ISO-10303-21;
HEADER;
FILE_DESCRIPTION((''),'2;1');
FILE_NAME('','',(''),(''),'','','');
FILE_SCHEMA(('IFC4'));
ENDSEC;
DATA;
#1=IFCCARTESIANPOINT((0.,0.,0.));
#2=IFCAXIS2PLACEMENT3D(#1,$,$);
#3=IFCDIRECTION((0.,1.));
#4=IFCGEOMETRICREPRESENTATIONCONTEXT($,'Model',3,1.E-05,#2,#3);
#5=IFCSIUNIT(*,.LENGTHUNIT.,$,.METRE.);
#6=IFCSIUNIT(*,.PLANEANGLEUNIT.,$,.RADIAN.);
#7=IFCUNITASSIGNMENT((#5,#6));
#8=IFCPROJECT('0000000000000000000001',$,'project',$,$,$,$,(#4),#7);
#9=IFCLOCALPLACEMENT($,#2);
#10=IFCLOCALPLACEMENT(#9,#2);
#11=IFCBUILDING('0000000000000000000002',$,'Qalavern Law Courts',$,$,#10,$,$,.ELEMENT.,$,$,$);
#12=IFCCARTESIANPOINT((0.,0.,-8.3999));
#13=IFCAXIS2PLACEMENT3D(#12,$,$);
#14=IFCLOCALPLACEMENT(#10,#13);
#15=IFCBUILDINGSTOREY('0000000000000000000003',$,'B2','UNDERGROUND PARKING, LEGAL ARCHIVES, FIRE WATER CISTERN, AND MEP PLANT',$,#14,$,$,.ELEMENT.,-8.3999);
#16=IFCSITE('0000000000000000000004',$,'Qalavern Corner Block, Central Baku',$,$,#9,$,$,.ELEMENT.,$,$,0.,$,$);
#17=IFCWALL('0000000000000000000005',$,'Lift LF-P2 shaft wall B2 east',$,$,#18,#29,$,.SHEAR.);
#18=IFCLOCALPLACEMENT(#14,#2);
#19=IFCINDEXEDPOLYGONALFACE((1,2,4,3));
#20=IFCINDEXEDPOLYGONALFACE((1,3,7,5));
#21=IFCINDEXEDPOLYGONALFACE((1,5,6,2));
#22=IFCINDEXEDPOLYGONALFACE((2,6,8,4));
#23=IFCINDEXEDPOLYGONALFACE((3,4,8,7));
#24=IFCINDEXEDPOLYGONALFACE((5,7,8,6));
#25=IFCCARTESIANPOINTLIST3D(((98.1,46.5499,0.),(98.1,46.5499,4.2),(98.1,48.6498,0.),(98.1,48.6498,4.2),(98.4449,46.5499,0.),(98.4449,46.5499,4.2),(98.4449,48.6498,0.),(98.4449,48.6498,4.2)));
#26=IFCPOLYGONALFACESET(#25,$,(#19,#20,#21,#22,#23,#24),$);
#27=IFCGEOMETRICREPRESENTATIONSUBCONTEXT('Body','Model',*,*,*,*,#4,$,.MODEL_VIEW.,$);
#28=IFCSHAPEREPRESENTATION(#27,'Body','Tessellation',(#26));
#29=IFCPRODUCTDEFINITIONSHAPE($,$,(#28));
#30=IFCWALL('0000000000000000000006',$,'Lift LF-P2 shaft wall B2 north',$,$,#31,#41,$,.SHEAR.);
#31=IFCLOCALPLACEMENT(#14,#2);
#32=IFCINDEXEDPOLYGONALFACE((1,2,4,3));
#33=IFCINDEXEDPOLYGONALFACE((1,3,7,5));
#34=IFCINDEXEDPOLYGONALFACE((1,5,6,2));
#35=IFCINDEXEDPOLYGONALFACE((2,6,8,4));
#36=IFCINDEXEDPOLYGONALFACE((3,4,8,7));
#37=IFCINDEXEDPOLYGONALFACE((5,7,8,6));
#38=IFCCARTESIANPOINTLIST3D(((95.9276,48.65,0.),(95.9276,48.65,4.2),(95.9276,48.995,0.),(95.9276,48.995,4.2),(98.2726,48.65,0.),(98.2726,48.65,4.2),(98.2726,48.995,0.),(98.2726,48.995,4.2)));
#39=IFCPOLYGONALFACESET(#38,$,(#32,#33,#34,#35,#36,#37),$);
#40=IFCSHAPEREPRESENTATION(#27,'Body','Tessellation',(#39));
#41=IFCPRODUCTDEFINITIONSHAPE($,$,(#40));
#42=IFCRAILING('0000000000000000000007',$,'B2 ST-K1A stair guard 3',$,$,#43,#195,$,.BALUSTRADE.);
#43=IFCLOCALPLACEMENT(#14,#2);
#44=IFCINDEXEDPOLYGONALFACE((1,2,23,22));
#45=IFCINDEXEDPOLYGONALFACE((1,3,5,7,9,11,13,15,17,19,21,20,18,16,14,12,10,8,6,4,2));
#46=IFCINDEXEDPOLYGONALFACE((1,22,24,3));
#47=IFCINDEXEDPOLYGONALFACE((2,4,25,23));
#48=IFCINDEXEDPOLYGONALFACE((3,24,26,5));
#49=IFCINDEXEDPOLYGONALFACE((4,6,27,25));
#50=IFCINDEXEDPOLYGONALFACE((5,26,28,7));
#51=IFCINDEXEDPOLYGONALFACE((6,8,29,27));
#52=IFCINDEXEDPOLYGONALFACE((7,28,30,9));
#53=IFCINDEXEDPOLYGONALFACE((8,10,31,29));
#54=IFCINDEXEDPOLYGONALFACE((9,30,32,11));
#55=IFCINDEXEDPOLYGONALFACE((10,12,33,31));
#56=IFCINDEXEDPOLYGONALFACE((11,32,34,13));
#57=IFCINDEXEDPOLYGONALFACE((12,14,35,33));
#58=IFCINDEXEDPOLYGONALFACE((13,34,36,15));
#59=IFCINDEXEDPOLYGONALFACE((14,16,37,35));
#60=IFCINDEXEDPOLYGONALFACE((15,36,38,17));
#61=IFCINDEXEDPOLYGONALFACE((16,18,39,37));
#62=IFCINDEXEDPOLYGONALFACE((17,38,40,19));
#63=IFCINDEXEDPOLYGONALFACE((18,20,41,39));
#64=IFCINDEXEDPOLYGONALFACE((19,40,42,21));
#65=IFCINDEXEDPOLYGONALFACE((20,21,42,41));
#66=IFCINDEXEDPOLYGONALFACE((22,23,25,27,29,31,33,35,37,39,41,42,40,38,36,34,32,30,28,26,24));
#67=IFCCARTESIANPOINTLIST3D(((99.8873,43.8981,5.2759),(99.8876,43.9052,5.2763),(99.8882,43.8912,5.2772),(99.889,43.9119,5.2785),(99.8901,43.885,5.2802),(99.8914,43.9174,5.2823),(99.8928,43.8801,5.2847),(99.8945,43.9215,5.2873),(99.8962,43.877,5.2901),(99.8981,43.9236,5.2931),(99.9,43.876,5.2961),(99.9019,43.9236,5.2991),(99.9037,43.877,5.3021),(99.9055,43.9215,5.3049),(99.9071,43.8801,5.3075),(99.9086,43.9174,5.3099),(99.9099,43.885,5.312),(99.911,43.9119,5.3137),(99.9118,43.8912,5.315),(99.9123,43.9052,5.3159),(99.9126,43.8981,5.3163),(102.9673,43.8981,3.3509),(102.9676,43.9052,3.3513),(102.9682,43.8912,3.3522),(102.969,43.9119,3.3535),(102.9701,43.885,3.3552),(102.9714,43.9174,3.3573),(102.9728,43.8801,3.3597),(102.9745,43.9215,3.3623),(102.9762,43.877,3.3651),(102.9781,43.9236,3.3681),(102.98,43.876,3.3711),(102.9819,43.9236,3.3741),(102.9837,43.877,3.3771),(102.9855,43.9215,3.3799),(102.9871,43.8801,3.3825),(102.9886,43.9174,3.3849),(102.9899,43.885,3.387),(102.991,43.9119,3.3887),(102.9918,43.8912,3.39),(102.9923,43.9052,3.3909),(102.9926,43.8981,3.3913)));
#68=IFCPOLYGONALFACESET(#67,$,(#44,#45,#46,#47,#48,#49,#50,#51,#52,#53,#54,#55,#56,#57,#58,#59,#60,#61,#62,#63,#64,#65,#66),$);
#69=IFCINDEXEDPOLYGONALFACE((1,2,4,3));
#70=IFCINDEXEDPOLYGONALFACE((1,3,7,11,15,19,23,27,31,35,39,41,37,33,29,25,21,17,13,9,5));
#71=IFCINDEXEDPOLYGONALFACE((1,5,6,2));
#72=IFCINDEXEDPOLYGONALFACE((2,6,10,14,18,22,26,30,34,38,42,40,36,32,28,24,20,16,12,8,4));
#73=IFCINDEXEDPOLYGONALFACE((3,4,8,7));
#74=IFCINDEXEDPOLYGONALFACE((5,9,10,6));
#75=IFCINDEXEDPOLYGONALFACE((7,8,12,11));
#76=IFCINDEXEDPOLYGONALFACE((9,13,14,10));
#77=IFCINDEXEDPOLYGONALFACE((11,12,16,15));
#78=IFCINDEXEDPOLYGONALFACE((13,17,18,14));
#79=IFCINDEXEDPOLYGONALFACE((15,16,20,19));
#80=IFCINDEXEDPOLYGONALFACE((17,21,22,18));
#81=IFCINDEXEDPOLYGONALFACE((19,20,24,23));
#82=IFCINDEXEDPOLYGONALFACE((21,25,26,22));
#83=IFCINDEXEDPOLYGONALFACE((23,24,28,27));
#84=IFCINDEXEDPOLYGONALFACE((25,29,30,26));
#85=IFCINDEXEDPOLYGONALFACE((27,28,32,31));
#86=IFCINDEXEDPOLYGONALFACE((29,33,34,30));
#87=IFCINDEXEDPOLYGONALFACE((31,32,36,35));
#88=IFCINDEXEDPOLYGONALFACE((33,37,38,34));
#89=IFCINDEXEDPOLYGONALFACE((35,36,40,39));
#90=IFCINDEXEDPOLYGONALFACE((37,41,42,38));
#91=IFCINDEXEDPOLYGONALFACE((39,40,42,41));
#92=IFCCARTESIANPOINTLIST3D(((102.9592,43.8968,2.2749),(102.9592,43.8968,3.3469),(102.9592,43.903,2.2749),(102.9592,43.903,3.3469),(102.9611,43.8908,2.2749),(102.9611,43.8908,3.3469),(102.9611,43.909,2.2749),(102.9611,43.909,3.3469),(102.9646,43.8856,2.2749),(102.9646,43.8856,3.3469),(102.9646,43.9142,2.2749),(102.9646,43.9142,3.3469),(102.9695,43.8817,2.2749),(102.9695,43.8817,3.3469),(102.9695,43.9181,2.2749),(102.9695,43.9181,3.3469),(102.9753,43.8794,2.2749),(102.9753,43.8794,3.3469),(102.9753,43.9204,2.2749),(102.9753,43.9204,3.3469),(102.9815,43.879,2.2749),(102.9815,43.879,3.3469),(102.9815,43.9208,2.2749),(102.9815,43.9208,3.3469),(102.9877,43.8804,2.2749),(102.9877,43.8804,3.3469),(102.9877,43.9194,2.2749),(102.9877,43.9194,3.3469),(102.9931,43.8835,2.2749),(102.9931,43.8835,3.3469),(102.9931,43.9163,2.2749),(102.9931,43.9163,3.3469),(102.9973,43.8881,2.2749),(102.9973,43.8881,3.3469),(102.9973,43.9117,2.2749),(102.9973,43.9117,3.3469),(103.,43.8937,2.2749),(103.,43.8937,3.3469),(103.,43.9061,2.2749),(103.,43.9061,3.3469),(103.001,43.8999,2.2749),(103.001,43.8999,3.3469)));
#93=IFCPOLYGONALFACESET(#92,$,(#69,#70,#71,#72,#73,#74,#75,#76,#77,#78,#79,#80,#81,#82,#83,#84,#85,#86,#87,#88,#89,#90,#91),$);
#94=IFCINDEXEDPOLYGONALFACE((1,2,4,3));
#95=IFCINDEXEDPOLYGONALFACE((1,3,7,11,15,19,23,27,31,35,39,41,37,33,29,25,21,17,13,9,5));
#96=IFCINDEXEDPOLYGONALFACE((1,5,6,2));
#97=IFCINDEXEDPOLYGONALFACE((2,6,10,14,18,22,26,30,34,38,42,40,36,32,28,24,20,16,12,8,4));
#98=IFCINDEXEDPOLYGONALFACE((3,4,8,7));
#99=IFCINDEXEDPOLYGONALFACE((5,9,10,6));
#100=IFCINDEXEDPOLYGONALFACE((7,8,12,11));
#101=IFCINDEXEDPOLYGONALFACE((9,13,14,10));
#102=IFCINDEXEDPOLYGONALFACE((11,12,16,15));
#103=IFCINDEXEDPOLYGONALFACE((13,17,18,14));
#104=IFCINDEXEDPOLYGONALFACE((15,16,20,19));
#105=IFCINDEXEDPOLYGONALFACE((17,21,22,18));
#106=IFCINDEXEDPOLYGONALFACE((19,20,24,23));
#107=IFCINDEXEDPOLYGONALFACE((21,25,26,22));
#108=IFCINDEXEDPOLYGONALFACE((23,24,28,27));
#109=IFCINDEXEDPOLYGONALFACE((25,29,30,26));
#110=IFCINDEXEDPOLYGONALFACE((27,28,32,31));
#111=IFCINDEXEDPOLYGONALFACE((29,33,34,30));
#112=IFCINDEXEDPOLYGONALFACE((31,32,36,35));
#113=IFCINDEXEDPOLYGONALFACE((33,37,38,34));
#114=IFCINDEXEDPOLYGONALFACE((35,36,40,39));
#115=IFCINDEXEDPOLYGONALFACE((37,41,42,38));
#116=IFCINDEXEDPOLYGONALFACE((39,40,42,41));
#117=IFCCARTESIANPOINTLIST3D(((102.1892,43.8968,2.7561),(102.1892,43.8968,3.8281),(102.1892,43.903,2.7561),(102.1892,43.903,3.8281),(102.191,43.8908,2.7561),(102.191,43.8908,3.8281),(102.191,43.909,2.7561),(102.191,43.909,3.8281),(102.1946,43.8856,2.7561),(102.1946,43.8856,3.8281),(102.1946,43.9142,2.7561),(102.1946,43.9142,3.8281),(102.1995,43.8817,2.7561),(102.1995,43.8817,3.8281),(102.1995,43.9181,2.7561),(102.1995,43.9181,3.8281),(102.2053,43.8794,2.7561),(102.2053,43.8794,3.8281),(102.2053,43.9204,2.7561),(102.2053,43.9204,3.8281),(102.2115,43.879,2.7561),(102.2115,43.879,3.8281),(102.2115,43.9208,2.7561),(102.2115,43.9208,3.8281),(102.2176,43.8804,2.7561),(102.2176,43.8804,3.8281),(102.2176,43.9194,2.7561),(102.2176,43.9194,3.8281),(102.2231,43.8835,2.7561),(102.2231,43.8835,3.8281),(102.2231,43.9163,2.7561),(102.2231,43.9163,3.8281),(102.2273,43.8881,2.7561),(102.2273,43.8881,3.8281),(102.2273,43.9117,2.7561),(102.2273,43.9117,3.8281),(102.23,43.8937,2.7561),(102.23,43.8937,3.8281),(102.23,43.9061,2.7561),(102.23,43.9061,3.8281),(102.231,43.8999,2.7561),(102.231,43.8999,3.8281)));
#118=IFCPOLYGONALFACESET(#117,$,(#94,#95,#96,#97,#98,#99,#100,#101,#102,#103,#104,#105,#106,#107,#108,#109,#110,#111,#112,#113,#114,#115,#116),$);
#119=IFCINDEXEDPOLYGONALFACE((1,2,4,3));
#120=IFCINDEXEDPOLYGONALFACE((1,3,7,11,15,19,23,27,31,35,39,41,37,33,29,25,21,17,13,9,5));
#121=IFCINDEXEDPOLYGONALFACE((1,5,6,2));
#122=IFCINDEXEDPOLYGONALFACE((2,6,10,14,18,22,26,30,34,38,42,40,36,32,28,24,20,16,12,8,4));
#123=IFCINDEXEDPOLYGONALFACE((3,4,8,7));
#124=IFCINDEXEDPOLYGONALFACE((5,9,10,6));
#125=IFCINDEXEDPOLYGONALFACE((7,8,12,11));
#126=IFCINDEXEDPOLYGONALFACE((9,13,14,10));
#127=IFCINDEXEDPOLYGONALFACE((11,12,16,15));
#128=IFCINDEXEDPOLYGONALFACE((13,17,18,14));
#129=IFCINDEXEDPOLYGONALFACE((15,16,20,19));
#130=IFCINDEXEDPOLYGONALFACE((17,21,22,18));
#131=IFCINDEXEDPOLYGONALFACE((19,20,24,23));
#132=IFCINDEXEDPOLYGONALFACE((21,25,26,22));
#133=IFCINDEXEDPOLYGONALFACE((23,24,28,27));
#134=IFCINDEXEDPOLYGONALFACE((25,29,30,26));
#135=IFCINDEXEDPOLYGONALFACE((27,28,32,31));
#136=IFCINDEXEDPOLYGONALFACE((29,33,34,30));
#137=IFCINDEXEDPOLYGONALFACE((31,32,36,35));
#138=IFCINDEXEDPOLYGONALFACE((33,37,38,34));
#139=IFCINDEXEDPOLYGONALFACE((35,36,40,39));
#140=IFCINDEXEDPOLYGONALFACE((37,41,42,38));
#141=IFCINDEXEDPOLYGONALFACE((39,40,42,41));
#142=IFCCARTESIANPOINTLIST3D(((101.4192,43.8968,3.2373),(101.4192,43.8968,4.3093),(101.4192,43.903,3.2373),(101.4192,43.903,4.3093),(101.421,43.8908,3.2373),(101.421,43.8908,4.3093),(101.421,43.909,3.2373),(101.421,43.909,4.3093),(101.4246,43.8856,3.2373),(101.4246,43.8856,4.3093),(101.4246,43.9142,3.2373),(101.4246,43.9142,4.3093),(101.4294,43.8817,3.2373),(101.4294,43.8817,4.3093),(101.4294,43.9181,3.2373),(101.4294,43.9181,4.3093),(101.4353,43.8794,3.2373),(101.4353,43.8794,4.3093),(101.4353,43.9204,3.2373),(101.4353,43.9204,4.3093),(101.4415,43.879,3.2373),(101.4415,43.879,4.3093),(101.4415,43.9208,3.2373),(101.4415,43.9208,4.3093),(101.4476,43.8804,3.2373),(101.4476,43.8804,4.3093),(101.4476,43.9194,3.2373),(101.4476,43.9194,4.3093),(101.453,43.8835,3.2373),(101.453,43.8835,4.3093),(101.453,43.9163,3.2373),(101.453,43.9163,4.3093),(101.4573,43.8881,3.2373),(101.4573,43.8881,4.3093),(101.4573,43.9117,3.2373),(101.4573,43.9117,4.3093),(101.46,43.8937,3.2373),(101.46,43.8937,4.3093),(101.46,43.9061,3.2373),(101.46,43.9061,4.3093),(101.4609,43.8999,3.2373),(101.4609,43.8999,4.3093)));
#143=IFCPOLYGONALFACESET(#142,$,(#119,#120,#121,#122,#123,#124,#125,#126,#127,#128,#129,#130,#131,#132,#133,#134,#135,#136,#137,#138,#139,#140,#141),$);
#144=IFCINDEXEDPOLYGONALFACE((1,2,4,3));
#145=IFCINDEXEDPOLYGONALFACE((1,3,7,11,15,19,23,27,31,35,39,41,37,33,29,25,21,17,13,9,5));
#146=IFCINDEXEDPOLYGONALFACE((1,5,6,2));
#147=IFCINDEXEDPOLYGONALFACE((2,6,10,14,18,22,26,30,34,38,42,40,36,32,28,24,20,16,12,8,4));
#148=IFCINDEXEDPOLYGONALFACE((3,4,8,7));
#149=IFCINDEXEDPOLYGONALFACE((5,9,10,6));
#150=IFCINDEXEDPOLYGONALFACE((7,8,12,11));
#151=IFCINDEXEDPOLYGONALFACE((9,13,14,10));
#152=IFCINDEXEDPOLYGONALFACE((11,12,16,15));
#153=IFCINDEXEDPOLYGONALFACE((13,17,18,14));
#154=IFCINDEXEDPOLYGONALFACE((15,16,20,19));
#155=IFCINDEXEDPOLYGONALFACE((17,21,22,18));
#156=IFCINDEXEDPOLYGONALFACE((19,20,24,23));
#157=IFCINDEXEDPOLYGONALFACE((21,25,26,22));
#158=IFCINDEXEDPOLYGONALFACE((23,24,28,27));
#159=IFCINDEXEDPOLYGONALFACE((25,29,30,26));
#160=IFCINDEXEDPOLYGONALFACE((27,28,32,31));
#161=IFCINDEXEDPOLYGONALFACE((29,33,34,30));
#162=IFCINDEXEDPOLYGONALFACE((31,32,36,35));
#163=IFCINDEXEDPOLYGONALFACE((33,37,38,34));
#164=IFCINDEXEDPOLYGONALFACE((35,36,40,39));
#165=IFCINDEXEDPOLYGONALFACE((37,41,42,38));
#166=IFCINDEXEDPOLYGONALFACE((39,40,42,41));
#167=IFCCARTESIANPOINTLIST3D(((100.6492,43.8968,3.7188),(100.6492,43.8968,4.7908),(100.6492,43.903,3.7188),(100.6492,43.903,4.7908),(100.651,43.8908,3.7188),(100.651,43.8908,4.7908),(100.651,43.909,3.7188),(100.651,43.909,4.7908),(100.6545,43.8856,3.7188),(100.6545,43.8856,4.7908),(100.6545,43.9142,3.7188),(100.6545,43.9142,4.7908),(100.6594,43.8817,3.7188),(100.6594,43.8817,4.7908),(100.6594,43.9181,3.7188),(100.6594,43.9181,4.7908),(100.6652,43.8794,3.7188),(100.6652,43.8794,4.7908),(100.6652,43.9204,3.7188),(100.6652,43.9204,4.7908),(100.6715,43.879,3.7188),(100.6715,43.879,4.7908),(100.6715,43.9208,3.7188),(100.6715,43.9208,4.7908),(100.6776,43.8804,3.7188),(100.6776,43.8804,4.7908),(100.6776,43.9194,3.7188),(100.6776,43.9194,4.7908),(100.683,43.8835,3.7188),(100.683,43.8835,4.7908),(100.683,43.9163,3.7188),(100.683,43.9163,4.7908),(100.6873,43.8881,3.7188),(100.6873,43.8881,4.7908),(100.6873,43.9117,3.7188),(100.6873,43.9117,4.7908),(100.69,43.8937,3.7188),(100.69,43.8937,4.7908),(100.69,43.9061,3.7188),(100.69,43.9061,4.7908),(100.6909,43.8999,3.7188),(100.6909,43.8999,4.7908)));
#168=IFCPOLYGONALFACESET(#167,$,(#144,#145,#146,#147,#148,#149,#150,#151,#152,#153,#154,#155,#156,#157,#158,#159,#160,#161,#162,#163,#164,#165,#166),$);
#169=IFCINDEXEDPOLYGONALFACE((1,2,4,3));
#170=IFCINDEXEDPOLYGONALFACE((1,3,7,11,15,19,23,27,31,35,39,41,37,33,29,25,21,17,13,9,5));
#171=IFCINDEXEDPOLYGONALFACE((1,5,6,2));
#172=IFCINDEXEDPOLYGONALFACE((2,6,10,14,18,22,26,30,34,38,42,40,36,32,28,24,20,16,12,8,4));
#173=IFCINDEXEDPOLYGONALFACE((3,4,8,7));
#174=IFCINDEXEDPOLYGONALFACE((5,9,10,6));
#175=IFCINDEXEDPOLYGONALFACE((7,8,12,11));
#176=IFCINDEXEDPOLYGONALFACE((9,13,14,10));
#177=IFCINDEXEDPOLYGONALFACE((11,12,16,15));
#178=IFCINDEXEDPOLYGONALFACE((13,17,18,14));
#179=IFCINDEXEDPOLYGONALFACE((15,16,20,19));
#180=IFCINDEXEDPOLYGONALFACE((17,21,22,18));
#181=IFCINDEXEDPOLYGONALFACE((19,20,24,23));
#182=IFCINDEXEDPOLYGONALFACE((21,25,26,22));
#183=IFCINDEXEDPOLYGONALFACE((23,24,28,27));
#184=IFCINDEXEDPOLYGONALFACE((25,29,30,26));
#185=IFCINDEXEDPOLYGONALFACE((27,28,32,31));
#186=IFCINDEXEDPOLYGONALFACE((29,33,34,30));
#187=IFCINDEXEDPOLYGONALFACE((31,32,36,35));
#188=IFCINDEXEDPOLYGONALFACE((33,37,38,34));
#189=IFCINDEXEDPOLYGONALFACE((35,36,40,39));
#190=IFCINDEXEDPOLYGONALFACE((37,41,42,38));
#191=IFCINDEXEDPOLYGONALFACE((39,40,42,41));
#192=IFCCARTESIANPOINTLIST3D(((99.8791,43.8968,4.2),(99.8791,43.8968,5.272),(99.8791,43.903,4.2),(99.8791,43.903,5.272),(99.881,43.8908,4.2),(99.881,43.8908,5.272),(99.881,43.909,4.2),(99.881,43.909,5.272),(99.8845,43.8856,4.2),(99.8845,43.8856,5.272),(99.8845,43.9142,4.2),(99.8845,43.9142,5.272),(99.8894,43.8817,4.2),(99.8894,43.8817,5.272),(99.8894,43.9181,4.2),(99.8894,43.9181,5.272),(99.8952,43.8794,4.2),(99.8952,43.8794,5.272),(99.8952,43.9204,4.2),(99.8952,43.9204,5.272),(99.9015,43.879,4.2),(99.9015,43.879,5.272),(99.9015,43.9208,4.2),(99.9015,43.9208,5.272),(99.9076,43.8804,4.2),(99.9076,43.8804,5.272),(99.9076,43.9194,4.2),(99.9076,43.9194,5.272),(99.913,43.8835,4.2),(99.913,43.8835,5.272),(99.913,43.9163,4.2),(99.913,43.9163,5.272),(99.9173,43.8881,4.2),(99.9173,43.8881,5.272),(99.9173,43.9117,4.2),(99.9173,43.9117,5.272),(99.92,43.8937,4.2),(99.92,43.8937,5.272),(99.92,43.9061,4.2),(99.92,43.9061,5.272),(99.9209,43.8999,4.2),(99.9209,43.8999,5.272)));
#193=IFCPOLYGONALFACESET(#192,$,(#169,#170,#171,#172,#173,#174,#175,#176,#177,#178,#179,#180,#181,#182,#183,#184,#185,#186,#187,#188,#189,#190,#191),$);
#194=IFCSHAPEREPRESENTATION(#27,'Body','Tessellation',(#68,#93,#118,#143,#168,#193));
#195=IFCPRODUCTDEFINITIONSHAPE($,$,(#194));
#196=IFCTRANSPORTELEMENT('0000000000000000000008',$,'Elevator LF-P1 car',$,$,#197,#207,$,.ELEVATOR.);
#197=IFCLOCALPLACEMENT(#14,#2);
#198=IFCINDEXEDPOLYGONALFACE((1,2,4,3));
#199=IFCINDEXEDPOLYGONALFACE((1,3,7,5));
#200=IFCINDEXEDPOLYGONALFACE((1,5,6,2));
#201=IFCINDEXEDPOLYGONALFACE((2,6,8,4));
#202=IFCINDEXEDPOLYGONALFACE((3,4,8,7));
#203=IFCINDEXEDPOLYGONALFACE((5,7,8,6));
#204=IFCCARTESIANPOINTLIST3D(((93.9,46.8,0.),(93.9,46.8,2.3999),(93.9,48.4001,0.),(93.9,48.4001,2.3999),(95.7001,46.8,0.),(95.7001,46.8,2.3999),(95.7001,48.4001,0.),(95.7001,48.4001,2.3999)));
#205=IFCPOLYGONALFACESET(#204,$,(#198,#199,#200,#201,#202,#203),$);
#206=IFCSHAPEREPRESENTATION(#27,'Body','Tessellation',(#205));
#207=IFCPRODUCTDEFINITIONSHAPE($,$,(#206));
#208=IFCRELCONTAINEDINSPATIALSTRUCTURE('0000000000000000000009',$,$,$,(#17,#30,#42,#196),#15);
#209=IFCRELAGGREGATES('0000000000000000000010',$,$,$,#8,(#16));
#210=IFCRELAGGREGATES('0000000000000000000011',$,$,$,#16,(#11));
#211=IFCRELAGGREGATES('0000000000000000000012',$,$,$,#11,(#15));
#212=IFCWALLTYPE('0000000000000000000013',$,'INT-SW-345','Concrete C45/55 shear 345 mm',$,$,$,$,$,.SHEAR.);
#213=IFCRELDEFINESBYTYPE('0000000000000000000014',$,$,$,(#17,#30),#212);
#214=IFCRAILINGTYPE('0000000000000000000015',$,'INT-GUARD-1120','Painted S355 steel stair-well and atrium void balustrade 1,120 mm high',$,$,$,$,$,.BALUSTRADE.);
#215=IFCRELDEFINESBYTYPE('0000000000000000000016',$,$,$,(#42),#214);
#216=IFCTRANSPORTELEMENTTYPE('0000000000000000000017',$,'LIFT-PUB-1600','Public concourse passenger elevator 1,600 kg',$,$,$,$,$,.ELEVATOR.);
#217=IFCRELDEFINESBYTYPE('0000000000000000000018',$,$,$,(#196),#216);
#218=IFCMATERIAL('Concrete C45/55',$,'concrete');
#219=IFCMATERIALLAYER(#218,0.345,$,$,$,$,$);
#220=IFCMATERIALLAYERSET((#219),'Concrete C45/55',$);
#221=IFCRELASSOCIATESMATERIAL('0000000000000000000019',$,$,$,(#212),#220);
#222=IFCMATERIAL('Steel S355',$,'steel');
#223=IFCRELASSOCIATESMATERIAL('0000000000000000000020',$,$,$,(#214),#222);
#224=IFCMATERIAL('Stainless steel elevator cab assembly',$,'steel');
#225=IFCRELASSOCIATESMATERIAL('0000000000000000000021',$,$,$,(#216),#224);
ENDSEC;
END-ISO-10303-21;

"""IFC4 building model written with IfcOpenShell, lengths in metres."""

from ifc_helpers import new_model, si_unit, direction, frame, frame_2d, origin, origin_2d, place, context, subcontext, project, spatial, rectangle, circle, extrude, material, layer, layer_set, type_object, element, save


model = new_model("IFC4")

# Units and contexts
model_context = context("Model", 3, precision=1e-05, world=origin(), true_north=direction((0.0, 1.0)))
body_context = subcontext(model_context, "Body", "Model", "MODEL_VIEW")
ifc_project = project(units=[si_unit("LENGTHUNIT", "METRE"), si_unit("PLANEANGLEUNIT", "RADIAN")], contexts=[model_context])

# Site, building, storey
site_placement = place(None, origin())
site = spatial("IfcSite", under=ifc_project, at=site_placement, Name="Qalavern Corner Block, Central Baku", CompositionType="ELEMENT", RefElevation=0.0)
building_placement = place(site_placement, origin())
building = spatial("IfcBuilding", under=site, at=building_placement, Name="Qalavern Law Courts", CompositionType="ELEMENT")
storey_placement = place(building_placement, frame((0.0, 0.0, -8.3999)))
storey = spatial("IfcBuildingStorey", under=building, at=storey_placement, Name="B2", Description="UNDERGROUND PARKING, LEGAL ARCHIVES, FIRE WATER CISTERN, AND MEP PLANT", CompositionType="ELEMENT", Elevation=-8.3999)

# Shared definitions
ifc_material_1 = material(Name="Concrete C45/55", Category="concrete")

# Shared definitions
ifc_layer_1 = layer(ifc_material_1, 0.345)
ifc_layer_set_1 = layer_set([ifc_layer_1], Name="Concrete C45/55")
wall_type_1 = type_object("IfcWallType", Name="INT-SW-345", Description="Concrete C45/55 shear 345 mm", PredefinedType="SHEAR", material=ifc_layer_set_1)

# Walls
wall_1_placement = place(storey_placement, frame((98.2725, 46.55, 0.0), z_axis=(0.0, 0.0, 1.0), x_axis=(0.0, 1.0, 0.0)))
element("IfcWall", 1, at=wall_1_placement, inside=storey, type_object=wall_type_1, Name="Lift LF-P2 shaft wall B2 east", PredefinedType="SHEAR", context=body_context, shape_type="SweptSolid", body=[
    extrude(rectangle(XDim=2.0999, YDim=0.345, at=frame_2d((1.0498, 0.0))), origin(), (0.0, 0.0, 1.0), 4.2),
])
wall_2_placement = place(storey_placement, frame((98.2725, 48.8225, 0.0), z_axis=(0.0, 0.0, 1.0), x_axis=(-1.0, 0.0, 0.0)))
element("IfcWall", 2, at=wall_2_placement, inside=storey, type_object=wall_type_1, Name="Lift LF-P2 shaft wall B2 north", PredefinedType="SHEAR", context=body_context, shape_type="SweptSolid", body=[
    extrude(rectangle(XDim=2.345, YDim=0.345, at=frame_2d((1.1724, 0.0))), origin(), (0.0, 0.0, 1.0), 4.2),
])

# Railing
ifc_material_2 = material(Name="Steel S355", Category="steel")
railing_type = type_object("IfcRailingType", Name="INT-GUARD-1120", Description="Painted S355 steel stair-well and atrium void balustrade 1,120 mm high", PredefinedType="BALUSTRADE", material=ifc_material_2)
railing_placement = place(storey_placement, frame((102.98, 43.8999, 2.2749)))
element("IfcRailing", 3, at=railing_placement, inside=storey, type_object=railing_type, Name="B2 ST-K1A stair guard 3", PredefinedType="BALUSTRADE", context=body_context, shape_type="SweptSolid", body=[
    extrude(circle(Radius=0.0239, at=origin_2d()), frame((0.0, 0.0, 1.0962), z_axis=(-0.847998, 0.0, 0.529999), x_axis=(0.0, -1.0, 0.0)), (0.0, 0.0, 1.0), 3.6321),
    extrude(circle(Radius=0.021, at=origin_2d()), origin(), (0.0, 0.0, 1.0), 1.072),
    extrude(circle(Radius=0.021, at=origin_2d()), frame((-0.77, 0.0, 0.4812)), (0.0, 0.0, 1.0), 1.072),
    extrude(circle(Radius=0.021, at=origin_2d()), frame((-1.54, 0.0, 0.9624)), (0.0, 0.0, 1.0), 1.072),
    extrude(circle(Radius=0.021, at=origin_2d()), frame((-2.3101, 0.0, 1.4438)), (0.0, 0.0, 1.0), 1.072),
    extrude(circle(Radius=0.021, at=origin_2d()), frame((-3.0801, 0.0, 1.925)), (0.0, 0.0, 1.0), 1.072),
])

# Transport element
ifc_material_3 = material(Name="Stainless steel elevator cab assembly", Category="steel")
transport_element_type = type_object("IfcTransportElementType", Name="LIFT-PUB-1600", Description="Public concourse passenger elevator 1,600 kg", PredefinedType="ELEVATOR", material=ifc_material_3)
for number, where, z_axis, x_axis, name in (
    (4, (94.8, 47.6001, 0.0), (0.0, 0.0, 1.0), (1.0, 0.0, 0.0), "Elevator LF-P1 car"),
):
    element("IfcTransportElement", number, at=place(storey_placement, frame(where, z_axis=z_axis, x_axis=x_axis)), inside=storey, type_object=transport_element_type, Name=name, PredefinedType="ELEVATOR", context=body_context, shape_type="SweptSolid", body=[
        extrude(rectangle(XDim=1.8, YDim=1.6001, at=origin_2d()), origin(), (0.0, 0.0, 1.0), 2.3999),
    ])

save(model, "model.ifc")
